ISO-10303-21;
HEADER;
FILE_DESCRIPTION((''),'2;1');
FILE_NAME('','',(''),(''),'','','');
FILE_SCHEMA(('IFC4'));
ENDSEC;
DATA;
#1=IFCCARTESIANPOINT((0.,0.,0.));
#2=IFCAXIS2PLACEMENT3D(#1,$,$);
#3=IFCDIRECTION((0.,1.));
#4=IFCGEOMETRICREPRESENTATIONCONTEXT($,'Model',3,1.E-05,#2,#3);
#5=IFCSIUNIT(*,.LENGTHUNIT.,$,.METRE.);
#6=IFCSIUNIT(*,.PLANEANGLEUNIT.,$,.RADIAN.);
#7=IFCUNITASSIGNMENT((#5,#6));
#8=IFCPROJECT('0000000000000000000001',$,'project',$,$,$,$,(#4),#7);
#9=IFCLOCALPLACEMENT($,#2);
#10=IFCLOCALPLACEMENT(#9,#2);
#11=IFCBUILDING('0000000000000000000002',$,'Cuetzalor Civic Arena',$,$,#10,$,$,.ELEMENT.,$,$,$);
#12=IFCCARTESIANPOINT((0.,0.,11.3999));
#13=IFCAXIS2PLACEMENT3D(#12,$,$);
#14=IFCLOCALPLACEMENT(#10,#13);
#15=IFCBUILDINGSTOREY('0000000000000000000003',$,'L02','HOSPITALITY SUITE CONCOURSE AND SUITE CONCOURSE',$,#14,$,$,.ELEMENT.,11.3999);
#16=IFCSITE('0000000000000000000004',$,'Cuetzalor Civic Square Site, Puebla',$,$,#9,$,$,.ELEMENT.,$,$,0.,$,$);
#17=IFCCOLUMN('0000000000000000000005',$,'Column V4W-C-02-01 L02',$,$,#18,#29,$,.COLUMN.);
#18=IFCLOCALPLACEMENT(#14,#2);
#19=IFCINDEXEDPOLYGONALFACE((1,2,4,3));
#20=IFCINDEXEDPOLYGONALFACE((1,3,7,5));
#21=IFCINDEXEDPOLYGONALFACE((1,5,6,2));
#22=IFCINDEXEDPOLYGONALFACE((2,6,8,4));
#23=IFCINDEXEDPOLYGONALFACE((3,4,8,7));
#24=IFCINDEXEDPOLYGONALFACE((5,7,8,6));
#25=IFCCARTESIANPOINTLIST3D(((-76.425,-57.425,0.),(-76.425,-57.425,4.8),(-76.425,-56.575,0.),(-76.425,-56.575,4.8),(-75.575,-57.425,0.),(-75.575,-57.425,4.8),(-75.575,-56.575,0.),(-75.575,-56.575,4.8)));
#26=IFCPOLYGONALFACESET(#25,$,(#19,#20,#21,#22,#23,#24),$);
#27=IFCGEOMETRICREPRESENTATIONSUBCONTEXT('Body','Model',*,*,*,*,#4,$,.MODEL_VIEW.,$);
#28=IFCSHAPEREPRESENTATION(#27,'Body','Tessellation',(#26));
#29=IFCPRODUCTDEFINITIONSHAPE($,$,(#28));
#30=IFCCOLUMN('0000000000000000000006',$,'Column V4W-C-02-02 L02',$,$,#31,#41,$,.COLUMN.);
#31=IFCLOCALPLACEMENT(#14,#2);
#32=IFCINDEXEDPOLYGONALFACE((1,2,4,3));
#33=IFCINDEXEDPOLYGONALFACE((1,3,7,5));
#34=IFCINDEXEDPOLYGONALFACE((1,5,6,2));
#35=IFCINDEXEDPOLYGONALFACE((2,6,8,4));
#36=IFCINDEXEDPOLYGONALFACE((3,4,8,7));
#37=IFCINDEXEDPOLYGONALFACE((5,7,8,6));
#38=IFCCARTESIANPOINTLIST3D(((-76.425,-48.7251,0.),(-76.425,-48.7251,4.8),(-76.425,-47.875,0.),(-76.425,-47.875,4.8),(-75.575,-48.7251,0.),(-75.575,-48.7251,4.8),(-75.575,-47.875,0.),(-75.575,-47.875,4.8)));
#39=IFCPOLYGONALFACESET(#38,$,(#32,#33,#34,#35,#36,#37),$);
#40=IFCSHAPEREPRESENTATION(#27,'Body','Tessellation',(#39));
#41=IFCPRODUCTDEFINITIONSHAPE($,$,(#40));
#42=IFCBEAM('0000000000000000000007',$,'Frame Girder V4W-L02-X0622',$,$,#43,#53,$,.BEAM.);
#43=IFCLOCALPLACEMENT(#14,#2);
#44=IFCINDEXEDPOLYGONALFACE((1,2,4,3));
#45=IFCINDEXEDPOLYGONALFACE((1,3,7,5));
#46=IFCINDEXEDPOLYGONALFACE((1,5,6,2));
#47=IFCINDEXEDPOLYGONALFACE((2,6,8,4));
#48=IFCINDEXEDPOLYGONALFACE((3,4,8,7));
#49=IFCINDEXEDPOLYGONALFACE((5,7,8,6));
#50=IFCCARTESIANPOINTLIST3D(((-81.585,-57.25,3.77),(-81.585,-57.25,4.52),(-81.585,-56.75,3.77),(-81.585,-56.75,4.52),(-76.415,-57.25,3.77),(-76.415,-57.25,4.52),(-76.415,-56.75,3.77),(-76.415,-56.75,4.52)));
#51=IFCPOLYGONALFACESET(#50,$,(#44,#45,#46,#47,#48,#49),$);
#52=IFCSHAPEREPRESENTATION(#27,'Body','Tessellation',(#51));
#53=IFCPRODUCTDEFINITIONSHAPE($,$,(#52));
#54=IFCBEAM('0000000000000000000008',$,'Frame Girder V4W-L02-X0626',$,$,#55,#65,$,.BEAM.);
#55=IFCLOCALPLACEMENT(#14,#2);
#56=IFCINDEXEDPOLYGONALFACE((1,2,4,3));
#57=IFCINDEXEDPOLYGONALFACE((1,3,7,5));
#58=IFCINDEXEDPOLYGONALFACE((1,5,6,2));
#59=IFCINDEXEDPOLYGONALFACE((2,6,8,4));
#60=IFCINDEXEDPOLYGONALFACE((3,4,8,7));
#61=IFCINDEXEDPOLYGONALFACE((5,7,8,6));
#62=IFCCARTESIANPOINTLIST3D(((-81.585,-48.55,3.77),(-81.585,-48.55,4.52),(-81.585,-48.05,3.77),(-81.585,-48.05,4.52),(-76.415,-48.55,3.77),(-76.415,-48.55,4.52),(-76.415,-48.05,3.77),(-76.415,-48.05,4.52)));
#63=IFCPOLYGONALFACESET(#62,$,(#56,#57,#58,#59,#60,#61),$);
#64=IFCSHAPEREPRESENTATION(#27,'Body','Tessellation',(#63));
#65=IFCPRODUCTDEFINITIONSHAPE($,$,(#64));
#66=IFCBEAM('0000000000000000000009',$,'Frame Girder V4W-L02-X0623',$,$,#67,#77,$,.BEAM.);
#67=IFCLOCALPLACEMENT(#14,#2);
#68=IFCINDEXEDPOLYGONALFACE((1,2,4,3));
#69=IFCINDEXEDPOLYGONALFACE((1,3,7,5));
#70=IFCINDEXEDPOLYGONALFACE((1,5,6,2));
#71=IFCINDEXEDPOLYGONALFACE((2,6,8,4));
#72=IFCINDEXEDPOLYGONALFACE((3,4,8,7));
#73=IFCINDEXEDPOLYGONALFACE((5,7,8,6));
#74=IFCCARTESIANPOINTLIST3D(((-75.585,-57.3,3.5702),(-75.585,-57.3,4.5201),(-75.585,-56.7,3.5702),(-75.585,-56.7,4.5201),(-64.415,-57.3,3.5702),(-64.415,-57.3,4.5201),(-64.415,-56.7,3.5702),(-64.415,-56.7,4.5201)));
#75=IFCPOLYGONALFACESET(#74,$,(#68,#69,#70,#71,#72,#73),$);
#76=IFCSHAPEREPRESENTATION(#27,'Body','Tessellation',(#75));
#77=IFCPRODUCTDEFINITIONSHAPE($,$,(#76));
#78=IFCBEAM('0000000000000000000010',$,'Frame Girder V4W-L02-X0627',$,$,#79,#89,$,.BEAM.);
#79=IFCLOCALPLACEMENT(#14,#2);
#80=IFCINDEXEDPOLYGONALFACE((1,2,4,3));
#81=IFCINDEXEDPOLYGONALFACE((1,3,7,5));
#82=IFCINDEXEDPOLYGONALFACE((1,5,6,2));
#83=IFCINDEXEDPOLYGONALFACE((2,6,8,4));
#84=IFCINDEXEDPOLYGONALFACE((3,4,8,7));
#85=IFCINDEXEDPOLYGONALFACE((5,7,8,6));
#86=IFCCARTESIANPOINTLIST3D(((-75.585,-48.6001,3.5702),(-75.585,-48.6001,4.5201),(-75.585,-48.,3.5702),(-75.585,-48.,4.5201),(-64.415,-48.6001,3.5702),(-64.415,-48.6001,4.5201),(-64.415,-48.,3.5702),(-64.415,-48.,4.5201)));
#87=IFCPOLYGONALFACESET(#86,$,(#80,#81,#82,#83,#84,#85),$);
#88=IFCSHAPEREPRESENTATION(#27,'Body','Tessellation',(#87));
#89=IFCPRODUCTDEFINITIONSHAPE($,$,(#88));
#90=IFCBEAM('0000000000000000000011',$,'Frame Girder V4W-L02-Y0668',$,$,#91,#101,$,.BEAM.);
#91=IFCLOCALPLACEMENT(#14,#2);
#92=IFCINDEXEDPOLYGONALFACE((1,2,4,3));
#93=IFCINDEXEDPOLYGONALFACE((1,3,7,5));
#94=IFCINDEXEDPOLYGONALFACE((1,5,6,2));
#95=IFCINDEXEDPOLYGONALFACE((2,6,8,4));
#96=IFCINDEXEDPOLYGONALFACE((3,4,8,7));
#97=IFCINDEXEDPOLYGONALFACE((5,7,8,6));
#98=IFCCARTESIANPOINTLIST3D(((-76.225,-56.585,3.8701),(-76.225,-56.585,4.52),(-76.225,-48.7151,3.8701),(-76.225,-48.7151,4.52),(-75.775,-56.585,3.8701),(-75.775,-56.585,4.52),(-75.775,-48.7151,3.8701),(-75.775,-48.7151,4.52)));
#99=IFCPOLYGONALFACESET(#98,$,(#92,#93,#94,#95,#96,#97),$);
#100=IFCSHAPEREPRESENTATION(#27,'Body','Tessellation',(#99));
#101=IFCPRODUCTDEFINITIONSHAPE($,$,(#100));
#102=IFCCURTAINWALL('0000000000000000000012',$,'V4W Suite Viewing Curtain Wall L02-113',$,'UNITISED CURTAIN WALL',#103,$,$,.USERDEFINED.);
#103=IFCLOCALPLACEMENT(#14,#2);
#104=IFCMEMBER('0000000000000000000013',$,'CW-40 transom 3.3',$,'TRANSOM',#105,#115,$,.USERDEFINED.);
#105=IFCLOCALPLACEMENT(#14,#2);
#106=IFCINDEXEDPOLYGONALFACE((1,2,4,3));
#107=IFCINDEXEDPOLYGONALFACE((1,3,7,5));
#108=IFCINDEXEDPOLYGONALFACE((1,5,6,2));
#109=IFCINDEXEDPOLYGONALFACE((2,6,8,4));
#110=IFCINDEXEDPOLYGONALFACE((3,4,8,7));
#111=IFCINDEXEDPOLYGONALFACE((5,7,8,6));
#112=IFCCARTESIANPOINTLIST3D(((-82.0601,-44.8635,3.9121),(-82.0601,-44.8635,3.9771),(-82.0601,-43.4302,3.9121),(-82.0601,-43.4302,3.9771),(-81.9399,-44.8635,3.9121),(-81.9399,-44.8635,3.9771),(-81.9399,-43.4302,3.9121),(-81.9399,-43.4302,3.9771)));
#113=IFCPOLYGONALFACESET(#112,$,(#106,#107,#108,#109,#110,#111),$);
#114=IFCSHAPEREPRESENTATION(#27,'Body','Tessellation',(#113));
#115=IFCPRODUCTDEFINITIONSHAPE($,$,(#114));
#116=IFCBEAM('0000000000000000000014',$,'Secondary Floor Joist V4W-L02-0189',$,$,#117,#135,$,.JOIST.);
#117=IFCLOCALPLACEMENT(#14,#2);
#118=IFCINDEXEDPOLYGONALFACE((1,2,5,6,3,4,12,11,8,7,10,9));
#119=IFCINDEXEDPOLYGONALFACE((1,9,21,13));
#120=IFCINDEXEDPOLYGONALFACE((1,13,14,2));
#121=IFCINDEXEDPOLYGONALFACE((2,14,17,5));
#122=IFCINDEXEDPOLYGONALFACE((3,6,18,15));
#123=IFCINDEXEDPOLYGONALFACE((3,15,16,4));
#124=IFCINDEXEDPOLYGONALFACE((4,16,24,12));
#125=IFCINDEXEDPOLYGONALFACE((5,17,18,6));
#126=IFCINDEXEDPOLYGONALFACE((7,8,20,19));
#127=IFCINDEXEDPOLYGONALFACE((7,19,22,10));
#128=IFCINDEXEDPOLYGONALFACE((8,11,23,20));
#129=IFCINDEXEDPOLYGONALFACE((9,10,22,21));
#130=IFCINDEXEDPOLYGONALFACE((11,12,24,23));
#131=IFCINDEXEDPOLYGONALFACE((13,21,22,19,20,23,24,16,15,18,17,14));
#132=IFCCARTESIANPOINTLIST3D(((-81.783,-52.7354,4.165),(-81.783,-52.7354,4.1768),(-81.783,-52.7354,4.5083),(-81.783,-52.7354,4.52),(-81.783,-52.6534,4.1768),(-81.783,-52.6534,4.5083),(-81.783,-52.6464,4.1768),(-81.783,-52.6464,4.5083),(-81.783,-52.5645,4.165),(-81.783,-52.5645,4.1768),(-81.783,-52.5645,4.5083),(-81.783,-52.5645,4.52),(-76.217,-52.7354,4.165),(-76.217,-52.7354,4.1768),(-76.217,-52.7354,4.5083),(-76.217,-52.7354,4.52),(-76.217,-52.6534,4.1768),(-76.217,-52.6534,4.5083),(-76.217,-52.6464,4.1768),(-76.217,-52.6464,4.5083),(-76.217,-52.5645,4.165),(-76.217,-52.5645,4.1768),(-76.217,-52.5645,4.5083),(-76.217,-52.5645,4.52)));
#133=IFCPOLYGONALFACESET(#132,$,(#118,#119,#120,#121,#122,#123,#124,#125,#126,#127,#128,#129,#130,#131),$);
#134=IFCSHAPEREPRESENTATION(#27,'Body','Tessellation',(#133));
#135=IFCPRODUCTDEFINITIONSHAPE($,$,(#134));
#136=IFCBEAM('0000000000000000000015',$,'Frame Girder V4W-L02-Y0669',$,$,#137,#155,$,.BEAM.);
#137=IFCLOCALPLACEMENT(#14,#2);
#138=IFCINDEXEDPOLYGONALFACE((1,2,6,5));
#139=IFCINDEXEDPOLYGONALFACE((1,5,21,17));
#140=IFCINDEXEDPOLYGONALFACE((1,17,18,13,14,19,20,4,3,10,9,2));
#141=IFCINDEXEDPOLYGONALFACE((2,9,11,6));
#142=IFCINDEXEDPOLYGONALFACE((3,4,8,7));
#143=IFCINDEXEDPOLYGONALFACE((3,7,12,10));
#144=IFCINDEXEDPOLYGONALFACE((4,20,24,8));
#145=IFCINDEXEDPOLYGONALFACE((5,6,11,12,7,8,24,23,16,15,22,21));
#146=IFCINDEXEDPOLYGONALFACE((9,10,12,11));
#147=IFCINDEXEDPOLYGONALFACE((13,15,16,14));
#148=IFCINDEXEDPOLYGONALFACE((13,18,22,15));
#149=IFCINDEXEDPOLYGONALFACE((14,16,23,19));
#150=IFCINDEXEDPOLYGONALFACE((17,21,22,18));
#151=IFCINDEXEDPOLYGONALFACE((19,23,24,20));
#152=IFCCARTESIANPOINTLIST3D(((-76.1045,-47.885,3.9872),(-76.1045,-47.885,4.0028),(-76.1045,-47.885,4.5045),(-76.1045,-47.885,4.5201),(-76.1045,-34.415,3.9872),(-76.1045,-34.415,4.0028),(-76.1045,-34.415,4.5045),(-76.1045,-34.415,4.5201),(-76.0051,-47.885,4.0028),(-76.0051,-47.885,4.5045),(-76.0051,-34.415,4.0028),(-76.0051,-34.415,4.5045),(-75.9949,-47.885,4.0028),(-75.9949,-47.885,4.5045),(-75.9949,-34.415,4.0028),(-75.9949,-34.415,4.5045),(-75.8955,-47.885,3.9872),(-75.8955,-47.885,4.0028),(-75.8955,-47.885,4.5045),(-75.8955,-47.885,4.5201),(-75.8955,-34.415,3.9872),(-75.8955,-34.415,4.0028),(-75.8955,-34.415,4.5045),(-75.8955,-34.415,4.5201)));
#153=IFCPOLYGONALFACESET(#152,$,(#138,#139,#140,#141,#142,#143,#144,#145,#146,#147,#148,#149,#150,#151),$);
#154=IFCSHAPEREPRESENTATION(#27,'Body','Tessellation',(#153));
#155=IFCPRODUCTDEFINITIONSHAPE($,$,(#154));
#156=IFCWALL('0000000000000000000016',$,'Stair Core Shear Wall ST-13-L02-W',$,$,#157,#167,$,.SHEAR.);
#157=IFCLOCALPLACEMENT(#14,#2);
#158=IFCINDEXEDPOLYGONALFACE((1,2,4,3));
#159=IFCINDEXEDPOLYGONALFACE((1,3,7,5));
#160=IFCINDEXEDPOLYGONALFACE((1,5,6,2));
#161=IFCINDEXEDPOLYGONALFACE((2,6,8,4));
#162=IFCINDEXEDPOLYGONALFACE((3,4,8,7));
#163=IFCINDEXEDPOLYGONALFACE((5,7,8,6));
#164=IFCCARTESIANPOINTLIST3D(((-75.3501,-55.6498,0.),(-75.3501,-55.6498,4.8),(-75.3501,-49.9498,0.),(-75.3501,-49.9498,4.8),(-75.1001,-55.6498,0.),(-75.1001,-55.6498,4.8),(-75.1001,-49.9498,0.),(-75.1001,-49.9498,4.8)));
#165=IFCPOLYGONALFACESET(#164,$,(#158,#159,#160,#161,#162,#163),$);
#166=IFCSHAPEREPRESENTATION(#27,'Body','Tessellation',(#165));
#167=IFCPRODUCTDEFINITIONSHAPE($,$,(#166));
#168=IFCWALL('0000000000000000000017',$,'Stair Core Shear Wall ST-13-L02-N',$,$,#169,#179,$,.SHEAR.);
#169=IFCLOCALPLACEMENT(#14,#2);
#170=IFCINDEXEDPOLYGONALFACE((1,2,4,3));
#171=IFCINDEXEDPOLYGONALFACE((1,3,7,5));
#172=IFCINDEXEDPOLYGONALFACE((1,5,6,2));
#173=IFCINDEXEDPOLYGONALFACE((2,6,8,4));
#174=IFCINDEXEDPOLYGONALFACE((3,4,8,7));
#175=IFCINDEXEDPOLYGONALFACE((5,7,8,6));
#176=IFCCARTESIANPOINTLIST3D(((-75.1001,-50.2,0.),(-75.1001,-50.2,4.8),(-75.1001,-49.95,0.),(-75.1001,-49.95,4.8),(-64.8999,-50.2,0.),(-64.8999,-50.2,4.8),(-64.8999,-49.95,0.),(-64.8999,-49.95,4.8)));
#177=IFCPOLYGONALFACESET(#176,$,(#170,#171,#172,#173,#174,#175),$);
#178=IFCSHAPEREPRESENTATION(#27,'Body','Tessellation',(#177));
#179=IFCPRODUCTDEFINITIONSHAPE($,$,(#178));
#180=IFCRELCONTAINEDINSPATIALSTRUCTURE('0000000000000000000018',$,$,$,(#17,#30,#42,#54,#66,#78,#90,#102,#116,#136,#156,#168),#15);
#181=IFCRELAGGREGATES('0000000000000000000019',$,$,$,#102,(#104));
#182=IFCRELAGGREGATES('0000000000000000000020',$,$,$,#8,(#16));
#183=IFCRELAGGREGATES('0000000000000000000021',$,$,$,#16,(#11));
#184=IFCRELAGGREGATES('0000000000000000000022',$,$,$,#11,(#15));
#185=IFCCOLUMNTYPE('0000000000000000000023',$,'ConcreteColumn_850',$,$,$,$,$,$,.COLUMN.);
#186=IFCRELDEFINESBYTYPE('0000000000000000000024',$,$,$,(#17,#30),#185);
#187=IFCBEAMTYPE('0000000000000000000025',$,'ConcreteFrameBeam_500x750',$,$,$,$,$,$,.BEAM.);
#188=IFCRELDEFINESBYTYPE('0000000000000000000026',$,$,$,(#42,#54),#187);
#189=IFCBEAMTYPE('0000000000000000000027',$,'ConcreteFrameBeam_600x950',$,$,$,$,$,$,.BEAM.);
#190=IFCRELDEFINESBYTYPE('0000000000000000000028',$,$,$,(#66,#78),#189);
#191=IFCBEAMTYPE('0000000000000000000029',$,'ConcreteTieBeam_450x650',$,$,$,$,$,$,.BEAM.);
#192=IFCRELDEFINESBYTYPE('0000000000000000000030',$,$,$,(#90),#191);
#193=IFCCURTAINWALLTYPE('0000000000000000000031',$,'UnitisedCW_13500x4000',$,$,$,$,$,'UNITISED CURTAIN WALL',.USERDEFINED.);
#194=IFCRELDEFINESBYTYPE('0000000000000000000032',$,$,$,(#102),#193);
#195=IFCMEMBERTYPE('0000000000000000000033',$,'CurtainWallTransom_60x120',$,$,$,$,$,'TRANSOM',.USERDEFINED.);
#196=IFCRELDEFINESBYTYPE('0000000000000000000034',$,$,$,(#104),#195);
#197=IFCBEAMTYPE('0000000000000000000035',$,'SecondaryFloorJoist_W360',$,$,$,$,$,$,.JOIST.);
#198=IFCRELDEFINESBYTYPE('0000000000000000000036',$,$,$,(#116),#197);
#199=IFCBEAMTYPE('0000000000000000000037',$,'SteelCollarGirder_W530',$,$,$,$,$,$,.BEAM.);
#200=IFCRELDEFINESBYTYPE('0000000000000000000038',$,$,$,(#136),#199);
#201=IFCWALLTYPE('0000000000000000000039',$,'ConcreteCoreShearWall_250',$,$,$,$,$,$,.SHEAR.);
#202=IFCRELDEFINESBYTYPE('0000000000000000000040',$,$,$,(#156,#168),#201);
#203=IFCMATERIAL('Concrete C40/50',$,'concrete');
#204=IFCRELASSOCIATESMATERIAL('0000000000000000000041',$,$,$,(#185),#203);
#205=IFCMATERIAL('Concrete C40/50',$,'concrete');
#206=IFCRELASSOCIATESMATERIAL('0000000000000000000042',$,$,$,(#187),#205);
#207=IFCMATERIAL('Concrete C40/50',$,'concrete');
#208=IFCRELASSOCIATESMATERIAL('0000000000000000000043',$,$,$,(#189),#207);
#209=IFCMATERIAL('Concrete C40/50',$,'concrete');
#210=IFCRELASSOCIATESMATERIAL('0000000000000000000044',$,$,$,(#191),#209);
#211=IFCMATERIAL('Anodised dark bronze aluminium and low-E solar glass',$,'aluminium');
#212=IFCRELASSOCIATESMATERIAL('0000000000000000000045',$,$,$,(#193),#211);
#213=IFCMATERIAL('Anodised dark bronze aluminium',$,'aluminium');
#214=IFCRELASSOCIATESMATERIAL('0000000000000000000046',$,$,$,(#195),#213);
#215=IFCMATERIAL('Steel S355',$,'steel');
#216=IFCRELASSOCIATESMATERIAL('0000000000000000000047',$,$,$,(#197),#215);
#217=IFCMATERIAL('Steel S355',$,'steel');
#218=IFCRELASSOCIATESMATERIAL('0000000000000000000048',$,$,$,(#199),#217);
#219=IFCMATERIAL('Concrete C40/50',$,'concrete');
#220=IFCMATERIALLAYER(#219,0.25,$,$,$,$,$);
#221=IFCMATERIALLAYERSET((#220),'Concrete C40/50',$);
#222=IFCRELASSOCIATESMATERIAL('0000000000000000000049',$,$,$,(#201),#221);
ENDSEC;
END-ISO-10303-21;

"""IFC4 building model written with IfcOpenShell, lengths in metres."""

from ifc_helpers import new_model, si_unit, direction, frame, frame_2d, origin, origin_2d, place, context, subcontext, project, spatial, rectangle, i_section, extrude, material, layer, layer_set, material_profile, profile_set, type_object, element, aggregate, save


model = new_model("IFC4")

# Units and contexts
model_context = context("Model", 3, precision=1e-05, world=origin(), true_north=direction((0.0, 1.0)))
body_context = subcontext(model_context, "Body", "Model", "MODEL_VIEW")
ifc_project = project(units=[si_unit("LENGTHUNIT", "METRE"), si_unit("PLANEANGLEUNIT", "RADIAN")], contexts=[model_context])

# Site, building, storey
site_placement = place(None, origin())
site = spatial("IfcSite", under=ifc_project, at=site_placement, Name="Cuetzalor Civic Square Site, Puebla", CompositionType="ELEMENT", RefElevation=0.0)
building_placement = place(site_placement, origin())
building = spatial("IfcBuilding", under=site, at=building_placement, Name="Cuetzalor Civic Arena", CompositionType="ELEMENT")
storey_placement = place(building_placement, frame((0.0, 0.0, 11.3999)))
storey = spatial("IfcBuildingStorey", under=building, at=storey_placement, Name="L02", Description="HOSPITALITY SUITE CONCOURSE AND SUITE CONCOURSE", CompositionType="ELEMENT", Elevation=11.3999)

# Columns
ifc_material_1 = material(Name="Concrete C40/50", Category="concrete")
ifc_material_profile_1 = material_profile(ifc_material_1, rectangle(XDim=0.8501, YDim=0.8501, at=origin_2d()), Name="RC 850x850")
ifc_profile_set_1 = profile_set([ifc_material_profile_1], Name="Concrete C40/50")
column_type = type_object("IfcColumnType", Name="ConcreteColumn_850", PredefinedType="COLUMN", material=ifc_profile_set_1)
for number, where, z_axis, x_axis, name in (
    (1, (-76.0, -57.0, 0.0), (0.0, 0.0, 1.0), (1.0, 0.0, 0.0), "Column V4W-C-02-01 L02"),
    (2, (-76.0, -48.3, 0.0), (0.0, 0.0, 1.0), (1.0, 0.0, 0.0), "Column V4W-C-02-02 L02"),
):
    element("IfcColumn", number, at=place(storey_placement, frame(where, z_axis=z_axis, x_axis=x_axis)), inside=storey, type_object=column_type, Name=name, PredefinedType="COLUMN", context=body_context, shape_type="SweptSolid", body=[
        extrude(rectangle(XDim=0.8501, YDim=0.8501, at=origin_2d()), origin(), (0.0, 0.0, 1.0), 4.8),
    ])

# Beams
ifc_material_2 = material(Name="Concrete C40/50", Category="concrete")
ifc_material_profile_2 = material_profile(ifc_material_2, rectangle(XDim=0.5, YDim=0.75, at=origin_2d()), Name="RC 500x750")
ifc_profile_set_2 = profile_set([ifc_material_profile_2], Name="Concrete C40/50")
beam_type_1 = type_object("IfcBeamType", Name="ConcreteFrameBeam_500x750", PredefinedType="BEAM", material=ifc_profile_set_2)
for number, where, z_axis, x_axis, name in (
    (3, (-81.585, -57.0, 4.145), (1.0, 0.0, 0.0), (0.0, 1.0, 0.0), "Frame Girder V4W-L02-X0622"),
    (4, (-81.585, -48.3, 4.145), (1.0, 0.0, 0.0), (0.0, 1.0, 0.0), "Frame Girder V4W-L02-X0626"),
):
    element("IfcBeam", number, at=place(storey_placement, frame(where, z_axis=z_axis, x_axis=x_axis)), inside=storey, type_object=beam_type_1, Name=name, PredefinedType="BEAM", context=body_context, shape_type="SweptSolid", body=[
        extrude(rectangle(XDim=0.5, YDim=0.75, at=origin_2d()), origin(), (0.0, 0.0, 1.0), 5.1699),
    ])
ifc_material_3 = material(Name="Concrete C40/50", Category="concrete")
ifc_material_profile_3 = material_profile(ifc_material_3, rectangle(XDim=0.6001, YDim=0.95, at=origin_2d()), Name="RC 600x950")
ifc_profile_set_3 = profile_set([ifc_material_profile_3], Name="Concrete C40/50")
beam_type_2 = type_object("IfcBeamType", Name="ConcreteFrameBeam_600x950", PredefinedType="BEAM", material=ifc_profile_set_3)
for number, where, z_axis, x_axis, name in (
    (5, (-75.585, -57.0, 4.0452), (1.0, 0.0, 0.0), (0.0, 1.0, 0.0), "Frame Girder V4W-L02-X0623"),
    (6, (-75.585, -48.3, 4.0452), (1.0, 0.0, 0.0), (0.0, 1.0, 0.0), "Frame Girder V4W-L02-X0627"),
):
    element("IfcBeam", number, at=place(storey_placement, frame(where, z_axis=z_axis, x_axis=x_axis)), inside=storey, type_object=beam_type_2, Name=name, PredefinedType="BEAM", context=body_context, shape_type="SweptSolid", body=[
        extrude(rectangle(XDim=0.6001, YDim=0.95, at=origin_2d()), origin(), (0.0, 0.0, 1.0), 11.1699),
    ])
ifc_material_4 = material(Name="Concrete C40/50", Category="concrete")
ifc_material_profile_4 = material_profile(ifc_material_4, rectangle(XDim=0.45, YDim=0.6499, at=origin_2d()), Name="RC 450x650")
ifc_profile_set_4 = profile_set([ifc_material_profile_4], Name="Concrete C40/50")
beam_type_3 = type_object("IfcBeamType", Name="ConcreteTieBeam_450x650", PredefinedType="BEAM", material=ifc_profile_set_4)
beam_1_placement = place(storey_placement, frame((-76.0, -56.585, 4.1951), z_axis=(0.0, 1.0, 0.0), x_axis=(-1.0, 0.0, 0.0)))
element("IfcBeam", 7, at=beam_1_placement, inside=storey, type_object=beam_type_3, Name="Frame Girder V4W-L02-Y0668", PredefinedType="BEAM", context=body_context, shape_type="SweptSolid", body=[
    extrude(rectangle(XDim=0.45, YDim=0.6499, at=origin_2d()), origin(), (0.0, 0.0, 1.0), 7.8699),
])

# Curtain wall, member
ifc_material_5 = material(Name="Anodised dark bronze aluminium and low-E solar glass", Category="aluminium")
curtain_wall_type = type_object("IfcCurtainWallType", Name="UnitisedCW_13500x4000", ElementType="UNITISED CURTAIN WALL", PredefinedType="USERDEFINED", material=ifc_material_5)
curtain_wall_placement = place(storey_placement, origin())
curtain_wall = element("IfcCurtainWall", 8, at=curtain_wall_placement, inside=storey, type_object=curtain_wall_type, Name="V4W Suite Viewing Curtain Wall L02-113", ObjectType="UNITISED CURTAIN WALL", PredefinedType="USERDEFINED")
ifc_material_6 = material(Name="Anodised dark bronze aluminium", Category="aluminium")
ifc_material_profile_5 = material_profile(ifc_material_6, rectangle(XDim=0.1201, YDim=0.0649, at=origin_2d()), Name="ALU TRANSOM 65x120")
ifc_profile_set_5 = profile_set([ifc_material_profile_5], Name="Anodised dark bronze aluminium")
member_type = type_object("IfcMemberType", Name="CurtainWallTransom_60x120", ElementType="TRANSOM", PredefinedType="USERDEFINED", material=ifc_profile_set_5)
member_placement = place(storey_placement, frame((-82.0, -44.8635, 3.9446), z_axis=(0.0, 1.0, 0.0), x_axis=(-1.0, 0.0, 0.0)))
member = element("IfcMember", 9, at=member_placement, type_object=member_type, Name="CW-40 transom 3.3", ObjectType="TRANSOM", PredefinedType="USERDEFINED", context=body_context, shape_type="SweptSolid", body=[
    extrude(rectangle(XDim=0.1201, YDim=0.0649, at=origin_2d()), origin(), (0.0, 0.0, 1.0), 1.4333),
])
aggregate(curtain_wall, [member])

# Beams
ifc_material_7 = material(Name="Steel S355", Category="steel")
ifc_material_profile_6 = material_profile(ifc_material_7, i_section(OverallWidth=0.1709, OverallDepth=0.355, WebThickness=0.0071, FlangeThickness=0.0117, at=origin_2d()), Name="W360x51")
ifc_profile_set_6 = profile_set([ifc_material_profile_6], Name="Steel S355")
beam_type_4 = type_object("IfcBeamType", Name="SecondaryFloorJoist_W360", PredefinedType="JOIST", material=ifc_profile_set_6)
beam_2_placement = place(storey_placement, frame((-81.783, -52.6499, 4.3425), z_axis=(1.0, 0.0, 0.0), x_axis=(0.0, 1.0, 0.0)))
element("IfcBeam", 10, at=beam_2_placement, inside=storey, type_object=beam_type_4, Name="Secondary Floor Joist V4W-L02-0189", PredefinedType="JOIST", context=body_context, shape_type="SweptSolid", body=[
    extrude(i_section(OverallWidth=0.1709, OverallDepth=0.355, WebThickness=0.0071, FlangeThickness=0.0117, at=origin_2d()), origin(), (0.0, 0.0, 1.0), 5.5659),
])
ifc_material_8 = material(Name="Steel S355", Category="steel")
ifc_material_profile_7 = material_profile(ifc_material_8, i_section(OverallWidth=0.209, OverallDepth=0.533, WebThickness=0.0103, FlangeThickness=0.0156, at=origin_2d()), Name="W530x92")
ifc_profile_set_7 = profile_set([ifc_material_profile_7], Name="Steel S355")
beam_type_5 = type_object("IfcBeamType", Name="SteelCollarGirder_W530", PredefinedType="BEAM", material=ifc_profile_set_7)
beam_3_placement = place(storey_placement, frame((-76.0, -47.885, 4.2537), z_axis=(0.0, 1.0, 0.0), x_axis=(-1.0, 0.0, 0.0)))
element("IfcBeam", 11, at=beam_3_placement, inside=storey, type_object=beam_type_5, Name="Frame Girder V4W-L02-Y0669", PredefinedType="BEAM", context=body_context, shape_type="SweptSolid", body=[
    extrude(i_section(OverallWidth=0.209, OverallDepth=0.533, WebThickness=0.0103, FlangeThickness=0.0156, at=origin_2d()), origin(), (0.0, 0.0, 1.0), 13.47),
])

# Walls
ifc_material_9 = material(Name="Concrete C40/50", Category="concrete")
ifc_layer = layer(ifc_material_9, 0.25)
ifc_layer_set = layer_set([ifc_layer], Name="Concrete C40/50")
wall_type = type_object("IfcWallType", Name="ConcreteCoreShearWall_250", PredefinedType="SHEAR", material=ifc_layer_set)
wall_1_placement = place(storey_placement, frame((-75.2251, -55.6499, 0.0), z_axis=(0.0, 0.0, 1.0), x_axis=(0.0, 1.0, 0.0)))
element("IfcWall", 12, at=wall_1_placement, inside=storey, type_object=wall_type, Name="Stair Core Shear Wall ST-13-L02-W", PredefinedType="SHEAR", context=body_context, shape_type="SweptSolid", body=[
    extrude(rectangle(XDim=5.7, YDim=0.25, at=frame_2d((2.8501, 0.0))), origin(), (0.0, 0.0, 1.0), 4.8),
])
wall_2_placement = place(storey_placement, frame((-75.1001, -50.075, 0.0), z_axis=(0.0, 0.0, 1.0), x_axis=(1.0, 0.0, 0.0)))
element("IfcWall", 13, at=wall_2_placement, inside=storey, type_object=wall_type, Name="Stair Core Shear Wall ST-13-L02-N", PredefinedType="SHEAR", context=body_context, shape_type="SweptSolid", body=[
    extrude(rectangle(XDim=10.2002, YDim=0.25, at=frame_2d((5.1001, 0.0))), origin(), (0.0, 0.0, 1.0), 4.8),
])

save(model, "model.ifc")
